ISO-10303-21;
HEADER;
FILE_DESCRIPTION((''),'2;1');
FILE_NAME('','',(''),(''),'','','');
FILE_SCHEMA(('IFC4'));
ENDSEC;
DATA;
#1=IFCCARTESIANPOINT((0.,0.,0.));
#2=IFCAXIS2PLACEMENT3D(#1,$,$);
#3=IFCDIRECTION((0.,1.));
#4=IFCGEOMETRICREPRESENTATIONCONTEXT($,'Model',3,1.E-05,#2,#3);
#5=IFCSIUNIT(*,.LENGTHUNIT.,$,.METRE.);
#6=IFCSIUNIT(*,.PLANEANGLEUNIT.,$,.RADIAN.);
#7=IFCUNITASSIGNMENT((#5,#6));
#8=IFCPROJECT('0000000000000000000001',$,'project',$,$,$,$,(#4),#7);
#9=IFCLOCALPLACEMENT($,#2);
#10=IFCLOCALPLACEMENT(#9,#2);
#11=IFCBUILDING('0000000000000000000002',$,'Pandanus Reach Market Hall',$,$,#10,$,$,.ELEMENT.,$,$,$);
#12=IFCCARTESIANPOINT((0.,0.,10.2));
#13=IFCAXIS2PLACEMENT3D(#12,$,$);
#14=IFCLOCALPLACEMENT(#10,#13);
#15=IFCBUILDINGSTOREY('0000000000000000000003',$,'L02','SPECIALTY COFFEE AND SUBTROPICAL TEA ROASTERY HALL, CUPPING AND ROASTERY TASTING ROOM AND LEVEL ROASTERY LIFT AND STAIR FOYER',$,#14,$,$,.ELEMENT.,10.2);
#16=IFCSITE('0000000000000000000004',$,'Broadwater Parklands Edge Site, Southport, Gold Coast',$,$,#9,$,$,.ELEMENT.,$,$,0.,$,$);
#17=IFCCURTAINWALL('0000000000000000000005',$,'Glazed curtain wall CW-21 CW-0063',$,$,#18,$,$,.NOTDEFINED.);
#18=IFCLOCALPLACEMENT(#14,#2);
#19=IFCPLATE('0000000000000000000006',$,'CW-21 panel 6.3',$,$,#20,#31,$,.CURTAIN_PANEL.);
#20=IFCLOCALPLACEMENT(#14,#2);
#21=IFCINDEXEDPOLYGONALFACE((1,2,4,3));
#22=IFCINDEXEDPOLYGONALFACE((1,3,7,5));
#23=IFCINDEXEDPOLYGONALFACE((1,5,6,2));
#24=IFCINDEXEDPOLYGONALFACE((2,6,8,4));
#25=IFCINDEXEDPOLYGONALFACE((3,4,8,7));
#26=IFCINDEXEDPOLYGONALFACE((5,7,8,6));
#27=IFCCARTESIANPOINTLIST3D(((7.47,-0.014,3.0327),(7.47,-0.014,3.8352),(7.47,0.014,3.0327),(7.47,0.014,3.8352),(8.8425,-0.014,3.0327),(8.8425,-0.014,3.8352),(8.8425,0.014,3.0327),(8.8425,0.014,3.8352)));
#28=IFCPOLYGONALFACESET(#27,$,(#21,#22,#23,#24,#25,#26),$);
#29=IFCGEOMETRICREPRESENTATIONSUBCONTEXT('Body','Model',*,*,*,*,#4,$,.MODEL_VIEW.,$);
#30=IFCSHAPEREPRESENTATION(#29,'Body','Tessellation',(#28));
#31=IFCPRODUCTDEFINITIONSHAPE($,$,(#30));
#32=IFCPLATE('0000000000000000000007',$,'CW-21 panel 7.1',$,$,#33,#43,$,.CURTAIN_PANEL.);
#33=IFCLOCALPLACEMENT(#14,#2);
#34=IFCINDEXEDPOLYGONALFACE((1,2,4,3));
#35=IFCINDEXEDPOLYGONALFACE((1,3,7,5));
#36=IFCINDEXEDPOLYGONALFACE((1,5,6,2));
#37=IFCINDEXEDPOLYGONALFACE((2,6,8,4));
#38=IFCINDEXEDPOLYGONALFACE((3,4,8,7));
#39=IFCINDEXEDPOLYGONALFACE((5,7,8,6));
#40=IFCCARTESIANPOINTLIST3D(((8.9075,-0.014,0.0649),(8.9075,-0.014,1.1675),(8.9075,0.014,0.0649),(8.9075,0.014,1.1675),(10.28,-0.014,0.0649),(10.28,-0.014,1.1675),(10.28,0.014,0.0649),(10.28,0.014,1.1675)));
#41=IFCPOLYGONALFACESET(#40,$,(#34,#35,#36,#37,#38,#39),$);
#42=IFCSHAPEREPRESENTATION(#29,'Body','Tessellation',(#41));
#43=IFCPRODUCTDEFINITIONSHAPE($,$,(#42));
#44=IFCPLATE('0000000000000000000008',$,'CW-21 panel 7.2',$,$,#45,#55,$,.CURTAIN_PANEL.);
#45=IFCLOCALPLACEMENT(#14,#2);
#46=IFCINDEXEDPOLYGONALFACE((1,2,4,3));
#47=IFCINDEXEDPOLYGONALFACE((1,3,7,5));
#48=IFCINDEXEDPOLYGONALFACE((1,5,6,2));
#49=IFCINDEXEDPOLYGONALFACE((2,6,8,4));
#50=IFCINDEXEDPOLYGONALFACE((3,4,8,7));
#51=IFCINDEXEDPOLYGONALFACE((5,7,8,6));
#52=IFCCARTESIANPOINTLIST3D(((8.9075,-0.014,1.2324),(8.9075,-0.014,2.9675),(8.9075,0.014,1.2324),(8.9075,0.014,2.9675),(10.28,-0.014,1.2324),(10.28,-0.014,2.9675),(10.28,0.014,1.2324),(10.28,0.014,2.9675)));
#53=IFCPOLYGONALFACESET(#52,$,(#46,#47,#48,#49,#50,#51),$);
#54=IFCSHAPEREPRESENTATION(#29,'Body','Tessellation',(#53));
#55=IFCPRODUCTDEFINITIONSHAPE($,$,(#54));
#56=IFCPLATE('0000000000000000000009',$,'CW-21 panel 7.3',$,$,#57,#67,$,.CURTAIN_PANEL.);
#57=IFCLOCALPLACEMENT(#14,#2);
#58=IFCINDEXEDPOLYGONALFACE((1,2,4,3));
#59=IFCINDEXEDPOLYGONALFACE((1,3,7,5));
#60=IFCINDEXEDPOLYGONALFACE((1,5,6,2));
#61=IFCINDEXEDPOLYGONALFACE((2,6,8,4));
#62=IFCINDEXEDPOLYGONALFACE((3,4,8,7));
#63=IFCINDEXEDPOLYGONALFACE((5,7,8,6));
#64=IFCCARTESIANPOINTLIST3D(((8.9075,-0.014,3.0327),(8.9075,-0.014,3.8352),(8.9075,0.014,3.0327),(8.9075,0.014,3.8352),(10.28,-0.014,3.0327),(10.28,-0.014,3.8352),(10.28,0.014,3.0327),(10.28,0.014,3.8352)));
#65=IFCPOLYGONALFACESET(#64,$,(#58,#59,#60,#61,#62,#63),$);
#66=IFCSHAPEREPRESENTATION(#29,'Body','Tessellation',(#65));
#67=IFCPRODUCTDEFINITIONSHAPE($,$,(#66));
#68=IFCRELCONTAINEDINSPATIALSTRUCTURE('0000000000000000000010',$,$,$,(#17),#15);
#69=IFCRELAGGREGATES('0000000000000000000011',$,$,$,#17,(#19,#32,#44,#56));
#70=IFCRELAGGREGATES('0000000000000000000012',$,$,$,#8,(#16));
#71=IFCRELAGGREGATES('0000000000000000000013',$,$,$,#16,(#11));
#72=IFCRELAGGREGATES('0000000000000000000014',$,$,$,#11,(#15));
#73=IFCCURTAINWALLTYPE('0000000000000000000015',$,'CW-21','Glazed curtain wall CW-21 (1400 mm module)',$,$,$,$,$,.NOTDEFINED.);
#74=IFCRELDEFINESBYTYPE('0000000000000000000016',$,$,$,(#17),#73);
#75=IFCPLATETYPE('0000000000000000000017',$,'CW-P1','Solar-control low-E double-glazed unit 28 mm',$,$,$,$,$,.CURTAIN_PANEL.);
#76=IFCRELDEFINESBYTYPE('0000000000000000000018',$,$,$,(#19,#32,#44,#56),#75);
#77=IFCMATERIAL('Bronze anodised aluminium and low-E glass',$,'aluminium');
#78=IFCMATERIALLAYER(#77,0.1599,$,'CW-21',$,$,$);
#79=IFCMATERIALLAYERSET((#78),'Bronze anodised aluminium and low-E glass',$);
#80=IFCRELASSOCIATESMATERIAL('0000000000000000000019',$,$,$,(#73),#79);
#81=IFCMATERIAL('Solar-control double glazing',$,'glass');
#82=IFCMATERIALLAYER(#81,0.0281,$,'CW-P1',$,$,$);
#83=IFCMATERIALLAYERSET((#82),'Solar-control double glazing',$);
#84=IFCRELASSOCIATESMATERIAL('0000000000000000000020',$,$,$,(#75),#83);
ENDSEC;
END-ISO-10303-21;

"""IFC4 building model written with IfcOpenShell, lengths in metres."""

from ifc_helpers import new_model, si_unit, direction, frame, origin, origin_2d, place, context, subcontext, project, spatial, rectangle, extrude, material, layer, layer_set, type_object, element, aggregate, save


model = new_model("IFC4")

# Units and contexts
model_context = context("Model", 3, precision=1e-05, world=origin(), true_north=direction((0.0, 1.0)))
body_context = subcontext(model_context, "Body", "Model", "MODEL_VIEW")
ifc_project = project(units=[si_unit("LENGTHUNIT", "METRE"), si_unit("PLANEANGLEUNIT", "RADIAN")], contexts=[model_context])

# Site, building, storey
site_placement = place(None, origin())
site = spatial("IfcSite", under=ifc_project, at=site_placement, Name="Broadwater Parklands Edge Site, Southport, Gold Coast", CompositionType="ELEMENT", RefElevation=0.0)
building_placement = place(site_placement, origin())
building = spatial("IfcBuilding", under=site, at=building_placement, Name="Pandanus Reach Market Hall", CompositionType="ELEMENT")
storey_placement = place(building_placement, frame((0.0, 0.0, 10.2)))
storey = spatial("IfcBuildingStorey", under=building, at=storey_placement, Name="L02", Description="SPECIALTY COFFEE AND SUBTROPICAL TEA ROASTERY HALL, CUPPING AND ROASTERY TASTING ROOM AND LEVEL ROASTERY LIFT AND STAIR FOYER", CompositionType="ELEMENT", Elevation=10.2)

# Curtain wall, plates
ifc_material_1 = material(Name="Bronze anodised aluminium and low-E glass", Category="aluminium")
ifc_layer_1 = layer(ifc_material_1, 0.1599, Name="CW-21")
ifc_layer_set_1 = layer_set([ifc_layer_1], Name="Bronze anodised aluminium and low-E glass")
curtain_wall_type = type_object("IfcCurtainWallType", Name="CW-21", Description="Glazed curtain wall CW-21 (1400 mm module)", PredefinedType="NOTDEFINED", material=ifc_layer_set_1)
curtain_wall_placement = place(storey_placement, origin())
curtain_wall = element("IfcCurtainWall", 1, at=curtain_wall_placement, inside=storey, type_object=curtain_wall_type, Name="Glazed curtain wall CW-21 CW-0063", PredefinedType="NOTDEFINED")
ifc_material_2 = material(Name="Solar-control double glazing", Category="glass")
ifc_layer_2 = layer(ifc_material_2, 0.0281, Name="CW-P1")
ifc_layer_set_2 = layer_set([ifc_layer_2], Name="Solar-control double glazing")
plate_type = type_object("IfcPlateType", Name="CW-P1", Description="Solar-control low-E double-glazed unit 28 mm", PredefinedType="CURTAIN_PANEL", material=ifc_layer_set_2)
plate_1_placement = place(storey_placement, frame((8.1562, 0.0, 3.0327), z_axis=(0.0, 0.0, 1.0), x_axis=(1.0, 0.0, 0.0)))
plate_1 = element("IfcPlate", 2, at=plate_1_placement, type_object=plate_type, Name="CW-21 panel 6.3", PredefinedType="CURTAIN_PANEL", context=body_context, shape_type="SweptSolid", body=[
    extrude(rectangle(XDim=1.3726, YDim=0.0281, at=origin_2d()), origin(), (0.0, 0.0, 1.0), 0.8025),
])
plate_2_placement = place(storey_placement, frame((9.5938, 0.0, 0.0649), z_axis=(0.0, 0.0, 1.0), x_axis=(1.0, 0.0, 0.0)))
plate_2 = element("IfcPlate", 3, at=plate_2_placement, type_object=plate_type, Name="CW-21 panel 7.1", PredefinedType="CURTAIN_PANEL", context=body_context, shape_type="SweptSolid", body=[
    extrude(rectangle(XDim=1.3726, YDim=0.0281, at=origin_2d()), origin(), (0.0, 0.0, 1.0), 1.1025),
])
plate_3_placement = place(storey_placement, frame((9.5938, 0.0, 1.2324), z_axis=(0.0, 0.0, 1.0), x_axis=(1.0, 0.0, 0.0)))
plate_3 = element("IfcPlate", 4, at=plate_3_placement, type_object=plate_type, Name="CW-21 panel 7.2", PredefinedType="CURTAIN_PANEL", context=body_context, shape_type="SweptSolid", body=[
    extrude(rectangle(XDim=1.3726, YDim=0.0281, at=origin_2d()), origin(), (0.0, 0.0, 1.0), 1.7351),
])
plate_4_placement = place(storey_placement, frame((9.5938, 0.0, 3.0327), z_axis=(0.0, 0.0, 1.0), x_axis=(1.0, 0.0, 0.0)))
plate_4 = element("IfcPlate", 5, at=plate_4_placement, type_object=plate_type, Name="CW-21 panel 7.3", PredefinedType="CURTAIN_PANEL", context=body_context, shape_type="SweptSolid", body=[
    extrude(rectangle(XDim=1.3726, YDim=0.0281, at=origin_2d()), origin(), (0.0, 0.0, 1.0), 0.8025),
])
aggregate(curtain_wall, [plate_1, plate_2, plate_3, plate_4])

save(model, "model.ifc")
